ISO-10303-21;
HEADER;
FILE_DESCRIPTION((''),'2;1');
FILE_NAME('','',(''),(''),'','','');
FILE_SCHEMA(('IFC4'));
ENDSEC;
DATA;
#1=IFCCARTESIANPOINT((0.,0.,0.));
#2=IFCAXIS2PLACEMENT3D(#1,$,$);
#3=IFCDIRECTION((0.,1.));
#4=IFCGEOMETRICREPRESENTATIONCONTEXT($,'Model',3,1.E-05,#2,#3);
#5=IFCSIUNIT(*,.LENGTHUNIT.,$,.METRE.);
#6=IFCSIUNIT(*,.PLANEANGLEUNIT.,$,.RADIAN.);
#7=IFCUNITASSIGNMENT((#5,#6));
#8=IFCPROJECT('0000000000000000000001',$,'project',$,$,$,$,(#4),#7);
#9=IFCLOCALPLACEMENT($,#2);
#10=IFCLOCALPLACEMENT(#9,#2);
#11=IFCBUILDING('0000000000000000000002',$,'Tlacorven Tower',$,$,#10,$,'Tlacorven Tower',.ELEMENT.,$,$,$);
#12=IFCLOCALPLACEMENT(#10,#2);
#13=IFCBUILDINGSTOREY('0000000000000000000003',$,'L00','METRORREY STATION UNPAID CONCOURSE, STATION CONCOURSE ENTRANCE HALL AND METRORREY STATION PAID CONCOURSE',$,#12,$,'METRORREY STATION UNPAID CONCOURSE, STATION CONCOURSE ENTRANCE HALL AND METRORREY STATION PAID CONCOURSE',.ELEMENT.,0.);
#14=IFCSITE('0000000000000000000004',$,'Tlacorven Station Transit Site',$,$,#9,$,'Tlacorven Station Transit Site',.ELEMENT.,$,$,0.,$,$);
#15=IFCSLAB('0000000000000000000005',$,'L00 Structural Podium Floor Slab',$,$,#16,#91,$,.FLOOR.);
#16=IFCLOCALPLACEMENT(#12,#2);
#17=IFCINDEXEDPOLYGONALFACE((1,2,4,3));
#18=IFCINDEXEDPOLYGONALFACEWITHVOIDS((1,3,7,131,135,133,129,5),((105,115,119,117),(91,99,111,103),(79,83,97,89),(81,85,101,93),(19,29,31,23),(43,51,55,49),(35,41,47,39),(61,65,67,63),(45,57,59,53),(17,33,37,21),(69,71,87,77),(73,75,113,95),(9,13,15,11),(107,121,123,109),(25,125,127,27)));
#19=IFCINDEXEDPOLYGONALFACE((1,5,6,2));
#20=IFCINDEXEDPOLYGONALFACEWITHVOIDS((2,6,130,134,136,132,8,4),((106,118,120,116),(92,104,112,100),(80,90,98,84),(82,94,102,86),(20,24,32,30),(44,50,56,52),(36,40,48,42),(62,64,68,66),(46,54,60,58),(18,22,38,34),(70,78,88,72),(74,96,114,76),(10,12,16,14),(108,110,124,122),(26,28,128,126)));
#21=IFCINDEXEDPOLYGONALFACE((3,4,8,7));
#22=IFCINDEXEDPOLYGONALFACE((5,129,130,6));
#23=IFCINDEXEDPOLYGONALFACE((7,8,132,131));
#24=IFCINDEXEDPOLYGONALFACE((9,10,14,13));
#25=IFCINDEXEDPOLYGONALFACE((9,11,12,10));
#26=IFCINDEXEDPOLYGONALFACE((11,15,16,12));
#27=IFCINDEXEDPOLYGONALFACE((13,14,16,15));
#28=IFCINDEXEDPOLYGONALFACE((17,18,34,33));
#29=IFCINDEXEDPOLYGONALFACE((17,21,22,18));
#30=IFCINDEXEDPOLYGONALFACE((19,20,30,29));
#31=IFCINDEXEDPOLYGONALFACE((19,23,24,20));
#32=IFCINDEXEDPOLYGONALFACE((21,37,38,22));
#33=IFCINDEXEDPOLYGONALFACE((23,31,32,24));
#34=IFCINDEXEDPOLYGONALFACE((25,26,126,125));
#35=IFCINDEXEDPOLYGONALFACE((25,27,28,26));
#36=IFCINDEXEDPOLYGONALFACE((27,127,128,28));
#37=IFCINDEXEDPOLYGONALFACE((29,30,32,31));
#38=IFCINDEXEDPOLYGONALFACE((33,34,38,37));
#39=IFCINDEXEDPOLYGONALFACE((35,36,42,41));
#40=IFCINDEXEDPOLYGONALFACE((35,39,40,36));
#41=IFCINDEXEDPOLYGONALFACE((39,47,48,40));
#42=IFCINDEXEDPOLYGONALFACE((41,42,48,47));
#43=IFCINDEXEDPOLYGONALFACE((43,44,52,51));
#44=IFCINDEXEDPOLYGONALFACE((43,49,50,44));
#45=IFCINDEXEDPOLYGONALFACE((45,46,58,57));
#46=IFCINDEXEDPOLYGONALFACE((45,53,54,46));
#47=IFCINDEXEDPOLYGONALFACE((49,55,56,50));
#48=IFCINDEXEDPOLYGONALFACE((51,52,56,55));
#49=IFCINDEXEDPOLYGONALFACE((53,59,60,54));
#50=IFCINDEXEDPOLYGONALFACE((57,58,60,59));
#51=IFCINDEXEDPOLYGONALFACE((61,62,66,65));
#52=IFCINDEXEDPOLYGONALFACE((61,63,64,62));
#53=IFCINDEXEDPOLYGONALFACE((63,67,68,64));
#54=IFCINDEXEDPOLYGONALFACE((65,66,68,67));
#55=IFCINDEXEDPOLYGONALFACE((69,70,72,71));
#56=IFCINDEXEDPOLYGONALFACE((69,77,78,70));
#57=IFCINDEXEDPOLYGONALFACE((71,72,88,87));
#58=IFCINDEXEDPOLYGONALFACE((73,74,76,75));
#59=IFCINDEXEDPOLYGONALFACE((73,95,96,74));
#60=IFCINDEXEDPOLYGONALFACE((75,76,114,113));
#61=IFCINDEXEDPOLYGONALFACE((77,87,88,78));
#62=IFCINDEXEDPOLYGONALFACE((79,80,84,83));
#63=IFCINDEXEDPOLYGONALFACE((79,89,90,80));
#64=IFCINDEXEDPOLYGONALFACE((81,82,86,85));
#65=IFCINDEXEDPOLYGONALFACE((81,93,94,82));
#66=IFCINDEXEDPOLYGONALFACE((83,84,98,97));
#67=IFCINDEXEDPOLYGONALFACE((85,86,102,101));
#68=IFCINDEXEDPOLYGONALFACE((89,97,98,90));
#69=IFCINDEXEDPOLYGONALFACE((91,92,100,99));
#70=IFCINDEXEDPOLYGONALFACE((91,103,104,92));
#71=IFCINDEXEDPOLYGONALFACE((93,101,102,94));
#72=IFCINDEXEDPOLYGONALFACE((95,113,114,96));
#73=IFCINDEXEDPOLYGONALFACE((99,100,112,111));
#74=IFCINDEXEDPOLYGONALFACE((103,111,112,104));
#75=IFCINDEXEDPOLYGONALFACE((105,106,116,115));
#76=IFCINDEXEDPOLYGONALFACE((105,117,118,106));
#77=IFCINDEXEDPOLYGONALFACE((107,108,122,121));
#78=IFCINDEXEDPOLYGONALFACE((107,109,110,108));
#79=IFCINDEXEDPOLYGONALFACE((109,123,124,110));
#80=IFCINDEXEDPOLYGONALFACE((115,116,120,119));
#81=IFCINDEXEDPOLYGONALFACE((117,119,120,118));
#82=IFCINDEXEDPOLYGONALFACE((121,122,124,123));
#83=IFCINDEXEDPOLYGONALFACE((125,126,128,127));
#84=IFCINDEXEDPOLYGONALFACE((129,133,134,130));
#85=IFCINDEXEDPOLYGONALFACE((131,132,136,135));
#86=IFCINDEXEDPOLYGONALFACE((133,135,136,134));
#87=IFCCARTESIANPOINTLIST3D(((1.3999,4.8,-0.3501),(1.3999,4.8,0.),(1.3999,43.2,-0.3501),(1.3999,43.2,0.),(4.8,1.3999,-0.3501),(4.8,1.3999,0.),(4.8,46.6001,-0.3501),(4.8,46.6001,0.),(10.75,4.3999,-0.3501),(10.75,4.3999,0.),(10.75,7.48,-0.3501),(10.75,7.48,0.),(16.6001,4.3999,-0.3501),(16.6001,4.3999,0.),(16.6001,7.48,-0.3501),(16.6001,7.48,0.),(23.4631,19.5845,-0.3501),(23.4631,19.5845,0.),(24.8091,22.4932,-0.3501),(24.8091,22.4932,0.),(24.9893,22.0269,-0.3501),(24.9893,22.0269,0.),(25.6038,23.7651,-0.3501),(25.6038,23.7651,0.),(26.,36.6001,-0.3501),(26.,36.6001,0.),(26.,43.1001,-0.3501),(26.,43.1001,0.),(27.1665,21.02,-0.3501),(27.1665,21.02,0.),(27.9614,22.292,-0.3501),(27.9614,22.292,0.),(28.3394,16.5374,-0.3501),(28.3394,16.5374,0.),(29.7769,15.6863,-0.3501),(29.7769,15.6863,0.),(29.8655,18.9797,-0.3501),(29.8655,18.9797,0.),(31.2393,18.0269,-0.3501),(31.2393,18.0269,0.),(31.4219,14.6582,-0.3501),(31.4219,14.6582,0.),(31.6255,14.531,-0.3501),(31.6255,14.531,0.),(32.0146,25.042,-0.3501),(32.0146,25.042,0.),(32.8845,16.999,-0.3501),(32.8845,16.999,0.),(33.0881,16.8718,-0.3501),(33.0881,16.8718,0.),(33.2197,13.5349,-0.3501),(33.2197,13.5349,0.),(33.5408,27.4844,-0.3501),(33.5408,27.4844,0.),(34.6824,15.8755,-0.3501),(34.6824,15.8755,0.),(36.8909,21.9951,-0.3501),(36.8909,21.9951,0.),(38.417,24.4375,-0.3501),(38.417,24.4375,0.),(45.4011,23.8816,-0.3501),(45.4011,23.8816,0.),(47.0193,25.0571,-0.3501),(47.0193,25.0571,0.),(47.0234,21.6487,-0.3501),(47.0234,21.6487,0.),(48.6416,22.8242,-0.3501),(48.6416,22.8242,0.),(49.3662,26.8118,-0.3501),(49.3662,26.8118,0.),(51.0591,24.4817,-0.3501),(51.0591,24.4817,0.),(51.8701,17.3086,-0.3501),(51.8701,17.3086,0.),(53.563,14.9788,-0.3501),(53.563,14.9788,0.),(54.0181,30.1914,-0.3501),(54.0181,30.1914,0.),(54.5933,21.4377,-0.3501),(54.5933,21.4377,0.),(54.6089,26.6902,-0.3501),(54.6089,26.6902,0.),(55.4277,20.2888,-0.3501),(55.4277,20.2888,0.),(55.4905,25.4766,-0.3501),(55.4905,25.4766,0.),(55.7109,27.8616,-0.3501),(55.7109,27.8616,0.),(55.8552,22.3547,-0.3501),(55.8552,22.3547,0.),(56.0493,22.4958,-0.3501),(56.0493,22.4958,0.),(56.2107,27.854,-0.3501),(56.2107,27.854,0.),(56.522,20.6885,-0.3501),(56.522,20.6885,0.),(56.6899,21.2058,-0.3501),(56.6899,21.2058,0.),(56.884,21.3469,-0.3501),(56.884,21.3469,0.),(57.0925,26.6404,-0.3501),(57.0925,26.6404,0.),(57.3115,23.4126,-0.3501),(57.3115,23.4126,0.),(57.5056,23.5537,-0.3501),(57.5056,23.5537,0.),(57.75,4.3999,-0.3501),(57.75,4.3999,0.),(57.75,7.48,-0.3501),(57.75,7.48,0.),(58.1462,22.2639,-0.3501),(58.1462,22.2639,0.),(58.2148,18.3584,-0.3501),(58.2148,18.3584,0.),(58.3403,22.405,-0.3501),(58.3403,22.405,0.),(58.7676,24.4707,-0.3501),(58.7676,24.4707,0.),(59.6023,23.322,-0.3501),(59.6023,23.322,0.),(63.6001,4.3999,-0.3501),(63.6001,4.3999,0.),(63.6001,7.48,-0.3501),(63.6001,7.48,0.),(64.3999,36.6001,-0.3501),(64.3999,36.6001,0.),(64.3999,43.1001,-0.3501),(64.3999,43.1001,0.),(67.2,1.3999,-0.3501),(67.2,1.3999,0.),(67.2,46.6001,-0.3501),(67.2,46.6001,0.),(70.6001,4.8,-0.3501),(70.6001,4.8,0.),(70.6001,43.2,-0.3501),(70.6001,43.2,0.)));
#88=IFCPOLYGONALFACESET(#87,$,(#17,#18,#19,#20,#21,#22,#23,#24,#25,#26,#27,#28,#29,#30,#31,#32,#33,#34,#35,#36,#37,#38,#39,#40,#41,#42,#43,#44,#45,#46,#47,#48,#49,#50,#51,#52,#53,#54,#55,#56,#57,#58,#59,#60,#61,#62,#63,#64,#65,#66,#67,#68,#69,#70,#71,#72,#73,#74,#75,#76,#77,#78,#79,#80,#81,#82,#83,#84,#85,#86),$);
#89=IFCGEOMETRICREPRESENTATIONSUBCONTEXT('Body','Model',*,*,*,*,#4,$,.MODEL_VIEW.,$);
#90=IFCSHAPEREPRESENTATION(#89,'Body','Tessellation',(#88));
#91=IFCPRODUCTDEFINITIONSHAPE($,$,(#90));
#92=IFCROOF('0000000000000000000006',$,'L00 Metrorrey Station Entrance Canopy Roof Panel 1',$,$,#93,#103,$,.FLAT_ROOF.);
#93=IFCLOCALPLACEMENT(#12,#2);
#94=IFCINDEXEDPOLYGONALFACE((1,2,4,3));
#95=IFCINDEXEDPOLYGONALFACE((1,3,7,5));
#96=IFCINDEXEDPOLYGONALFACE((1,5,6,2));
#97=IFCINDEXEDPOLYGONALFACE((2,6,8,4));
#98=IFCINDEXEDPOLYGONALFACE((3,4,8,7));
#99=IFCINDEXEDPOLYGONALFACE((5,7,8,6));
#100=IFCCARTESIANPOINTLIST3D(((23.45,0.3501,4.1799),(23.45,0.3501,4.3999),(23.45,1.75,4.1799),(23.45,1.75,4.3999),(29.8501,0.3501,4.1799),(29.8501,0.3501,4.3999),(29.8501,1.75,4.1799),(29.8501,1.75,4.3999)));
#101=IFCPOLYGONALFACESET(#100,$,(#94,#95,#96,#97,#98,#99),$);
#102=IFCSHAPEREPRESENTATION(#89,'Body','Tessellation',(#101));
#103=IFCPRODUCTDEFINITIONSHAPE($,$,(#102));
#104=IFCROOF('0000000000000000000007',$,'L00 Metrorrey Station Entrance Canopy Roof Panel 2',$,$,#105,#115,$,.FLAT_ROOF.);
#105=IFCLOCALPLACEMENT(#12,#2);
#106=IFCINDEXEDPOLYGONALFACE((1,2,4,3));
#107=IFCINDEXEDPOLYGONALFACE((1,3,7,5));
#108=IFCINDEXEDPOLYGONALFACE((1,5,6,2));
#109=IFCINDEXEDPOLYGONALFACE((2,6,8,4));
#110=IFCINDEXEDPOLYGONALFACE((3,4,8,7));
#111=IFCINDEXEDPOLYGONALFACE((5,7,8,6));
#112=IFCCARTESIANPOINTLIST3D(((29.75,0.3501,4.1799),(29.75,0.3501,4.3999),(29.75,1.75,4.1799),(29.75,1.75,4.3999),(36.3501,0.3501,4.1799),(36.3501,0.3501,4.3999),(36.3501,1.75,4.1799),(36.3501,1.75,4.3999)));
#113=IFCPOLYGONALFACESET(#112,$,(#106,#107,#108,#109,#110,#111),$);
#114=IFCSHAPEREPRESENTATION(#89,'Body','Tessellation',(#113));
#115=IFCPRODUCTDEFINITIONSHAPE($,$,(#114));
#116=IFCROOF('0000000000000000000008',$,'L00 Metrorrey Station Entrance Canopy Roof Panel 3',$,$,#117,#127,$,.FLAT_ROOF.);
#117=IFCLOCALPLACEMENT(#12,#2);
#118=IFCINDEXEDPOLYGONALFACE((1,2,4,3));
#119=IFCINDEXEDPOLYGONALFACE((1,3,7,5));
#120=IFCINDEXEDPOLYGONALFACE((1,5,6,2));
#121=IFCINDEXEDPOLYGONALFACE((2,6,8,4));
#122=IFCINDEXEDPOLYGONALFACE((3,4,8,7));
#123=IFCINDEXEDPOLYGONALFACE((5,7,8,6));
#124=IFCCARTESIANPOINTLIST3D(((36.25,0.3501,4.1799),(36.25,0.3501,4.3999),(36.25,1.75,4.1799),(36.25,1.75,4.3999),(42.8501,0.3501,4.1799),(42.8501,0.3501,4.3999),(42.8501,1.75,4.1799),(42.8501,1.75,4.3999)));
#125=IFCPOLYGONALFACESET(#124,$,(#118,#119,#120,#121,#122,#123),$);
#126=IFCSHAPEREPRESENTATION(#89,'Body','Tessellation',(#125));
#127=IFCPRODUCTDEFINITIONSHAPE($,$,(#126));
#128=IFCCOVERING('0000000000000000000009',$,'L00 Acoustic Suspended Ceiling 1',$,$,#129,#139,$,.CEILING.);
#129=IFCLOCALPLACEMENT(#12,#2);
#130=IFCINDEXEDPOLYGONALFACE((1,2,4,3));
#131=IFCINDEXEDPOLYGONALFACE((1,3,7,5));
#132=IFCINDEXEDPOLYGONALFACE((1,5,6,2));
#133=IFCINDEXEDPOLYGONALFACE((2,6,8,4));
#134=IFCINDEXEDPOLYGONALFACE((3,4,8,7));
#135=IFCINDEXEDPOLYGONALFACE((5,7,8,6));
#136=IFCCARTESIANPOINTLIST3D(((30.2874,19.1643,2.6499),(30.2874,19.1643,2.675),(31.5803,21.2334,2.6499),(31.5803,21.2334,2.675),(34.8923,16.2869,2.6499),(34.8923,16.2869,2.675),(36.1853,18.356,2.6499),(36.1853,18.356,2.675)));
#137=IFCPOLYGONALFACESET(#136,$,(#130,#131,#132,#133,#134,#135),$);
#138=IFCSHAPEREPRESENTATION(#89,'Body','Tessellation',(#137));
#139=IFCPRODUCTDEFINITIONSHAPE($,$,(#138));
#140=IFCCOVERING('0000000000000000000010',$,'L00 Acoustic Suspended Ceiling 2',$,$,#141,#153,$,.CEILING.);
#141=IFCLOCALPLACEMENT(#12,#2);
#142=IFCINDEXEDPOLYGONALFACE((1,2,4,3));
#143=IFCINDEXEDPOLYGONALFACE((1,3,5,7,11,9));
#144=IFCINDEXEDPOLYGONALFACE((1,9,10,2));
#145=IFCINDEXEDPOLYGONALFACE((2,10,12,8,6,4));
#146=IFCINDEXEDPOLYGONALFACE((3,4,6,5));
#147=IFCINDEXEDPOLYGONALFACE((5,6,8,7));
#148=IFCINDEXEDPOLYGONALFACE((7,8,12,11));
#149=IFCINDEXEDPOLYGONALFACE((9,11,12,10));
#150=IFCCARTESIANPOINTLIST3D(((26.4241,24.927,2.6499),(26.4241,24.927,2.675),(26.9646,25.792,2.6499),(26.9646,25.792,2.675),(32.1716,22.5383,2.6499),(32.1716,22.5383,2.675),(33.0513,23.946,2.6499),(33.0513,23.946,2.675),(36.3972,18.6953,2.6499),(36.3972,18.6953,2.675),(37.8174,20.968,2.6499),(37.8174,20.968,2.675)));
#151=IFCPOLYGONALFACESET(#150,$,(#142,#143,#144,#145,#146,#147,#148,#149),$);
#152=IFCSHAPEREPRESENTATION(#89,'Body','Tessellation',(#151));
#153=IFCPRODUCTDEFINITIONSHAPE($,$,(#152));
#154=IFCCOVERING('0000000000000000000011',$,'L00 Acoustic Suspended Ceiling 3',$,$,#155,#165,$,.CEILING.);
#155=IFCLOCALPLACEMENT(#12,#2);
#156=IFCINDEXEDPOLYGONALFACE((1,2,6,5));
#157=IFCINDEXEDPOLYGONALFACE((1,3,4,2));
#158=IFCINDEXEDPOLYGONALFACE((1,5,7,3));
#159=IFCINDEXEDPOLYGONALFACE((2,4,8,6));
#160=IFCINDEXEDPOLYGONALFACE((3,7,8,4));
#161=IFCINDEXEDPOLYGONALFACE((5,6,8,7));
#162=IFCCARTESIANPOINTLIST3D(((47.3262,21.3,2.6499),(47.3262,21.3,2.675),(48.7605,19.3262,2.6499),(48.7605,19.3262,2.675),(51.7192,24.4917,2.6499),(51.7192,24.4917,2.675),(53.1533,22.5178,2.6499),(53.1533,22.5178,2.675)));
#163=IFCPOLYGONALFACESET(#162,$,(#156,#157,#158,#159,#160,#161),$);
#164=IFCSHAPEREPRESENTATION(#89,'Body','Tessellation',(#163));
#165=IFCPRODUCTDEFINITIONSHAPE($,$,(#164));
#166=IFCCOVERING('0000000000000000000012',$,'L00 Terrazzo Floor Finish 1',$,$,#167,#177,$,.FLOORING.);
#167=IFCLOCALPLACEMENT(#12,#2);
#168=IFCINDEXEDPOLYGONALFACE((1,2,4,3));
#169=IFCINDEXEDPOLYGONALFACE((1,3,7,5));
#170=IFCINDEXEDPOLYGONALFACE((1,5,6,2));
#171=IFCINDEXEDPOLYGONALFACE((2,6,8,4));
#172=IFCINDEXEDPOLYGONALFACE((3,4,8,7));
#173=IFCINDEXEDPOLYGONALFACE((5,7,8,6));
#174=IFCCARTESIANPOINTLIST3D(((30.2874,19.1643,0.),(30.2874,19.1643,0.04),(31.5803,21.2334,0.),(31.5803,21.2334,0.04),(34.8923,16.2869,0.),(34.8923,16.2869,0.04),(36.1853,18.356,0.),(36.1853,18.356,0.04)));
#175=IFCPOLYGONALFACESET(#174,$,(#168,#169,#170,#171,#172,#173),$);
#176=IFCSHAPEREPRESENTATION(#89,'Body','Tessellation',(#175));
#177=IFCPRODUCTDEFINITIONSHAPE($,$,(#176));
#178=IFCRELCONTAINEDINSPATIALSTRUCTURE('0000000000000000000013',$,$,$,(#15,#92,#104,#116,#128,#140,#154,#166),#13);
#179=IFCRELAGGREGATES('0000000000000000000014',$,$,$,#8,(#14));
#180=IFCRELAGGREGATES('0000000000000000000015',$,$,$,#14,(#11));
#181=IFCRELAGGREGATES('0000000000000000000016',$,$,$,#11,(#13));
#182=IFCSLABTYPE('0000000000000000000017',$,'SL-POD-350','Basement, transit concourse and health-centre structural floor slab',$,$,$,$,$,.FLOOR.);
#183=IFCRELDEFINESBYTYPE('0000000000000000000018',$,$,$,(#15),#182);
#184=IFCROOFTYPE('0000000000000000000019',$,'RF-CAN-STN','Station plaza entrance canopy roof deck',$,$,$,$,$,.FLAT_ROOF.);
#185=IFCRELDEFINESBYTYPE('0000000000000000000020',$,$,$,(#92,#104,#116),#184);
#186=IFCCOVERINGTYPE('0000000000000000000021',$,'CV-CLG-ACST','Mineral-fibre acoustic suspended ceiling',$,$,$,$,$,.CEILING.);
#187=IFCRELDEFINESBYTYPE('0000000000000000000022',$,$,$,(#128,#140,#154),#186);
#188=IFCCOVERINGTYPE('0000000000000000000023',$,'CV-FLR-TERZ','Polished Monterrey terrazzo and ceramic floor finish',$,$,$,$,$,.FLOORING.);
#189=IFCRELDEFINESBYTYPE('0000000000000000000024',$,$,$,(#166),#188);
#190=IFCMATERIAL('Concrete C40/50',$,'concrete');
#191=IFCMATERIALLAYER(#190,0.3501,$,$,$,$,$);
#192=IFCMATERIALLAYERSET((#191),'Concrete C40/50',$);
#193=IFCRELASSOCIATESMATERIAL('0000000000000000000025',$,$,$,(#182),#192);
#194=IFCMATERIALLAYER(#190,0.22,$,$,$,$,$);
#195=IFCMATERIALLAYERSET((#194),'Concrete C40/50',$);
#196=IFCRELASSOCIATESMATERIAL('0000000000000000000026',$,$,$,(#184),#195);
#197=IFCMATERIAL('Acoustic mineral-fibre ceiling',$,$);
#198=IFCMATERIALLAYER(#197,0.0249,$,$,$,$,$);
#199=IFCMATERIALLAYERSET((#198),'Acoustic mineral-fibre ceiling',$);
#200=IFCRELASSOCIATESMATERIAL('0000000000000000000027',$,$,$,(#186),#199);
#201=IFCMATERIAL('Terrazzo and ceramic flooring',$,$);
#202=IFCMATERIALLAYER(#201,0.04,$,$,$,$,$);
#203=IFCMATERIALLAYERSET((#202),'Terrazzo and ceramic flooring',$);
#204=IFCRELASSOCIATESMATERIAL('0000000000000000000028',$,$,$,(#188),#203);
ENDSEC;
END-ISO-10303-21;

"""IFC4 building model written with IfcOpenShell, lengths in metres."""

from ifc_helpers import new_model, si_unit, direction, frame, origin, place, context, subcontext, project, spatial, polyline, outline, extrude, material, layer, layer_set, type_object, element, save


model = new_model("IFC4")

# Units and contexts
model_context = context("Model", 3, precision=1e-05, world=origin(), true_north=direction((0.0, 1.0)))
body_context = subcontext(model_context, "Body", "Model", "MODEL_VIEW")
ifc_project = project(units=[si_unit("LENGTHUNIT", "METRE"), si_unit("PLANEANGLEUNIT", "RADIAN")], contexts=[model_context])

# Site, building, storey
site_placement = place(None, origin())
site = spatial("IfcSite", under=ifc_project, at=site_placement, Name="Tlacorven Station Transit Site", LongName="Tlacorven Station Transit Site", CompositionType="ELEMENT", RefElevation=0.0)
building_placement = place(site_placement, origin())
building = spatial("IfcBuilding", under=site, at=building_placement, Name="Tlacorven Tower", LongName="Tlacorven Tower", CompositionType="ELEMENT")
storey_placement = place(building_placement, origin())
storey = spatial("IfcBuildingStorey", under=building, at=storey_placement, Name="L00", Description="METRORREY STATION UNPAID CONCOURSE, STATION CONCOURSE ENTRANCE HALL AND METRORREY STATION PAID CONCOURSE", LongName="METRORREY STATION UNPAID CONCOURSE, STATION CONCOURSE ENTRANCE HALL AND METRORREY STATION PAID CONCOURSE", CompositionType="ELEMENT", Elevation=0.0)

# Slab
ifc_material_1 = material(Name="Concrete C40/50", Category="concrete")
ifc_layer_1 = layer(ifc_material_1, 0.3501)
ifc_layer_set_1 = layer_set([ifc_layer_1], Name="Concrete C40/50")
slab_type_1 = type_object("IfcSlabType", Name="SL-POD-350", Description="Basement, transit concourse and health-centre structural floor slab", PredefinedType="FLOOR", material=ifc_layer_set_1)
slab_1_placement = place(storey_placement, frame((0.0, 0.0, -0.3501)))
element("IfcSlab", 1, at=slab_1_placement, inside=storey, type_object=slab_type_1, Name="L00 Structural Podium Floor Slab", PredefinedType="FLOOR", context=body_context, shape_type="SweptSolid", body=[
    extrude(outline(polyline([(4.8, 1.3999), (67.2, 1.3999), (70.6001, 4.8), (70.6001, 43.2), (67.2, 46.6001), (4.8, 46.6001), (1.3999, 43.2), (1.3999, 4.8), (4.8, 1.3999)]), holes=[polyline([(29.8655, 18.9797), (24.9893, 22.0269), (23.4631, 19.5845), (28.3394, 16.5374), (29.8655, 18.9797)]), polyline([(38.417, 24.4375), (33.5408, 27.4844), (32.0146, 25.042), (36.8909, 21.9951), (38.417, 24.4375)]), polyline([(51.0591, 24.4817), (55.7109, 27.8616), (54.0181, 30.1914), (49.3662, 26.8118), (51.0591, 24.4817)]), polyline([(53.563, 14.9788), (58.2148, 18.3584), (56.522, 20.6885), (51.8701, 17.3086), (53.563, 14.9788)]), polyline([(10.75, 4.3999), (16.6001, 4.3999), (16.6001, 7.48), (10.75, 7.48), (10.75, 4.3999)]), polyline([(57.75, 4.3999), (63.6001, 4.3999), (63.6001, 7.48), (57.75, 7.48), (57.75, 4.3999)]), polyline([(26.0, 36.6001), (64.3999, 36.6001), (64.3999, 43.1001), (26.0, 43.1001), (26.0, 36.6001)]), polyline([(34.6824, 15.8755), (33.0881, 16.8718), (31.6255, 14.531), (33.2197, 13.5349), (34.6824, 15.8755)]), polyline([(32.8845, 16.999), (31.2393, 18.0269), (29.7769, 15.6863), (31.4219, 14.6582), (32.8845, 16.999)]), polyline([(47.0234, 21.6487), (48.6416, 22.8242), (47.0193, 25.0571), (45.4011, 23.8816), (47.0234, 21.6487)]), polyline([(55.4277, 20.2888), (56.6899, 21.2058), (55.8552, 22.3547), (54.5933, 21.4377), (55.4277, 20.2888)]), polyline([(56.884, 21.3469), (58.1462, 22.2639), (57.3115, 23.4126), (56.0493, 22.4958), (56.884, 21.3469)]), polyline([(58.3403, 22.405), (59.6023, 23.322), (58.7676, 24.4707), (57.5056, 23.5537), (58.3403, 22.405)]), polyline([(27.9614, 22.292), (25.6038, 23.7651), (24.8091, 22.4932), (27.1665, 21.02), (27.9614, 22.292)]), polyline([(55.4905, 25.4766), (57.0925, 26.6404), (56.2107, 27.854), (54.6089, 26.6902), (55.4905, 25.4766)])]), origin(), (0.0, 0.0, 1.0), 0.3501),
])

# Roofs
ifc_layer_2 = layer(ifc_material_1, 0.22)
ifc_layer_set_2 = layer_set([ifc_layer_2], Name="Concrete C40/50")
roof_type = type_object("IfcRoofType", Name="RF-CAN-STN", Description="Station plaza entrance canopy roof deck", PredefinedType="FLAT_ROOF", material=ifc_layer_set_2)
roof_1_placement = place(storey_placement, frame((0.0, 0.0, 4.1799)))
element("IfcRoof", 2, at=roof_1_placement, inside=storey, type_object=roof_type, Name="L00 Metrorrey Station Entrance Canopy Roof Panel 1", PredefinedType="FLAT_ROOF", context=body_context, shape_type="SweptSolid", body=[
    extrude(outline(polyline([(23.45, 0.3501), (29.8501, 0.3501), (29.8501, 1.75), (23.45, 1.75), (23.45, 0.3501)])), origin(), (0.0, 0.0, 1.0), 0.22),
])
roof_2_placement = place(storey_placement, frame((0.0, 0.0, 4.1799)))
element("IfcRoof", 3, at=roof_2_placement, inside=storey, type_object=roof_type, Name="L00 Metrorrey Station Entrance Canopy Roof Panel 2", PredefinedType="FLAT_ROOF", context=body_context, shape_type="SweptSolid", body=[
    extrude(outline(polyline([(29.75, 0.3501), (36.3501, 0.3501), (36.3501, 1.75), (29.75, 1.75), (29.75, 0.3501)])), origin(), (0.0, 0.0, 1.0), 0.22),
])
roof_3_placement = place(storey_placement, frame((0.0, 0.0, 4.1799)))
element("IfcRoof", 4, at=roof_3_placement, inside=storey, type_object=roof_type, Name="L00 Metrorrey Station Entrance Canopy Roof Panel 3", PredefinedType="FLAT_ROOF", context=body_context, shape_type="SweptSolid", body=[
    extrude(outline(polyline([(36.25, 0.3501), (42.8501, 0.3501), (42.8501, 1.75), (36.25, 1.75), (36.25, 0.3501)])), origin(), (0.0, 0.0, 1.0), 0.22),
])

# Coverings
ifc_material_2 = material(Name="Acoustic mineral-fibre ceiling")
ifc_layer_3 = layer(ifc_material_2, 0.0249)
ifc_layer_set_3 = layer_set([ifc_layer_3], Name="Acoustic mineral-fibre ceiling")
covering_type_1 = type_object("IfcCoveringType", Name="CV-CLG-ACST", Description="Mineral-fibre acoustic suspended ceiling", PredefinedType="CEILING", material=ifc_layer_set_3)
covering_1_placement = place(storey_placement, frame((0.0, 0.0, 2.6499)))
element("IfcCovering", 5, at=covering_1_placement, inside=storey, type_object=covering_type_1, Name="L00 Acoustic Suspended Ceiling 1", PredefinedType="CEILING", context=body_context, shape_type="SweptSolid", body=[
    extrude(outline(polyline([(36.1853, 18.356), (34.8923, 16.2869), (30.2874, 19.1643), (31.5803, 21.2334), (36.1853, 18.356)])), origin(), (0.0, 0.0, 1.0), 0.0251),
])
covering_2_placement = place(storey_placement, frame((0.0, 0.0, 2.6499)))
element("IfcCovering", 6, at=covering_2_placement, inside=storey, type_object=covering_type_1, Name="L00 Acoustic Suspended Ceiling 2", PredefinedType="CEILING", context=body_context, shape_type="SweptSolid", body=[
    extrude(outline(polyline([(37.8174, 20.968), (36.3972, 18.6953), (26.4241, 24.927), (26.9646, 25.792), (32.1716, 22.5383), (33.0513, 23.946), (37.8174, 20.968)])), origin(), (0.0, 0.0, 1.0), 0.0251),
])
covering_3_placement = place(storey_placement, frame((0.0, 0.0, 2.6499)))
element("IfcCovering", 7, at=covering_3_placement, inside=storey, type_object=covering_type_1, Name="L00 Acoustic Suspended Ceiling 3", PredefinedType="CEILING", context=body_context, shape_type="SweptSolid", body=[
    extrude(outline(polyline([(48.7605, 19.3262), (47.3262, 21.3), (51.7192, 24.4917), (53.1533, 22.5178), (48.7605, 19.3262)])), origin(), (0.0, 0.0, 1.0), 0.0251),
])
ifc_material_3 = material(Name="Terrazzo and ceramic flooring")
ifc_layer_4 = layer(ifc_material_3, 0.04)
ifc_layer_set_4 = layer_set([ifc_layer_4], Name="Terrazzo and ceramic flooring")
covering_type_2 = type_object("IfcCoveringType", Name="CV-FLR-TERZ", Description="Polished Monterrey terrazzo and ceramic floor finish", PredefinedType="FLOORING", material=ifc_layer_set_4)
covering_4_placement = place(storey_placement, origin())
element("IfcCovering", 8, at=covering_4_placement, inside=storey, type_object=covering_type_2, Name="L00 Terrazzo Floor Finish 1", PredefinedType="FLOORING", context=body_context, shape_type="SweptSolid", body=[
    extrude(outline(polyline([(36.1853, 18.356), (34.8923, 16.2869), (30.2874, 19.1643), (31.5803, 21.2334), (36.1853, 18.356)])), origin(), (0.0, 0.0, 1.0), 0.04),
])

save(model, "model.ifc")
